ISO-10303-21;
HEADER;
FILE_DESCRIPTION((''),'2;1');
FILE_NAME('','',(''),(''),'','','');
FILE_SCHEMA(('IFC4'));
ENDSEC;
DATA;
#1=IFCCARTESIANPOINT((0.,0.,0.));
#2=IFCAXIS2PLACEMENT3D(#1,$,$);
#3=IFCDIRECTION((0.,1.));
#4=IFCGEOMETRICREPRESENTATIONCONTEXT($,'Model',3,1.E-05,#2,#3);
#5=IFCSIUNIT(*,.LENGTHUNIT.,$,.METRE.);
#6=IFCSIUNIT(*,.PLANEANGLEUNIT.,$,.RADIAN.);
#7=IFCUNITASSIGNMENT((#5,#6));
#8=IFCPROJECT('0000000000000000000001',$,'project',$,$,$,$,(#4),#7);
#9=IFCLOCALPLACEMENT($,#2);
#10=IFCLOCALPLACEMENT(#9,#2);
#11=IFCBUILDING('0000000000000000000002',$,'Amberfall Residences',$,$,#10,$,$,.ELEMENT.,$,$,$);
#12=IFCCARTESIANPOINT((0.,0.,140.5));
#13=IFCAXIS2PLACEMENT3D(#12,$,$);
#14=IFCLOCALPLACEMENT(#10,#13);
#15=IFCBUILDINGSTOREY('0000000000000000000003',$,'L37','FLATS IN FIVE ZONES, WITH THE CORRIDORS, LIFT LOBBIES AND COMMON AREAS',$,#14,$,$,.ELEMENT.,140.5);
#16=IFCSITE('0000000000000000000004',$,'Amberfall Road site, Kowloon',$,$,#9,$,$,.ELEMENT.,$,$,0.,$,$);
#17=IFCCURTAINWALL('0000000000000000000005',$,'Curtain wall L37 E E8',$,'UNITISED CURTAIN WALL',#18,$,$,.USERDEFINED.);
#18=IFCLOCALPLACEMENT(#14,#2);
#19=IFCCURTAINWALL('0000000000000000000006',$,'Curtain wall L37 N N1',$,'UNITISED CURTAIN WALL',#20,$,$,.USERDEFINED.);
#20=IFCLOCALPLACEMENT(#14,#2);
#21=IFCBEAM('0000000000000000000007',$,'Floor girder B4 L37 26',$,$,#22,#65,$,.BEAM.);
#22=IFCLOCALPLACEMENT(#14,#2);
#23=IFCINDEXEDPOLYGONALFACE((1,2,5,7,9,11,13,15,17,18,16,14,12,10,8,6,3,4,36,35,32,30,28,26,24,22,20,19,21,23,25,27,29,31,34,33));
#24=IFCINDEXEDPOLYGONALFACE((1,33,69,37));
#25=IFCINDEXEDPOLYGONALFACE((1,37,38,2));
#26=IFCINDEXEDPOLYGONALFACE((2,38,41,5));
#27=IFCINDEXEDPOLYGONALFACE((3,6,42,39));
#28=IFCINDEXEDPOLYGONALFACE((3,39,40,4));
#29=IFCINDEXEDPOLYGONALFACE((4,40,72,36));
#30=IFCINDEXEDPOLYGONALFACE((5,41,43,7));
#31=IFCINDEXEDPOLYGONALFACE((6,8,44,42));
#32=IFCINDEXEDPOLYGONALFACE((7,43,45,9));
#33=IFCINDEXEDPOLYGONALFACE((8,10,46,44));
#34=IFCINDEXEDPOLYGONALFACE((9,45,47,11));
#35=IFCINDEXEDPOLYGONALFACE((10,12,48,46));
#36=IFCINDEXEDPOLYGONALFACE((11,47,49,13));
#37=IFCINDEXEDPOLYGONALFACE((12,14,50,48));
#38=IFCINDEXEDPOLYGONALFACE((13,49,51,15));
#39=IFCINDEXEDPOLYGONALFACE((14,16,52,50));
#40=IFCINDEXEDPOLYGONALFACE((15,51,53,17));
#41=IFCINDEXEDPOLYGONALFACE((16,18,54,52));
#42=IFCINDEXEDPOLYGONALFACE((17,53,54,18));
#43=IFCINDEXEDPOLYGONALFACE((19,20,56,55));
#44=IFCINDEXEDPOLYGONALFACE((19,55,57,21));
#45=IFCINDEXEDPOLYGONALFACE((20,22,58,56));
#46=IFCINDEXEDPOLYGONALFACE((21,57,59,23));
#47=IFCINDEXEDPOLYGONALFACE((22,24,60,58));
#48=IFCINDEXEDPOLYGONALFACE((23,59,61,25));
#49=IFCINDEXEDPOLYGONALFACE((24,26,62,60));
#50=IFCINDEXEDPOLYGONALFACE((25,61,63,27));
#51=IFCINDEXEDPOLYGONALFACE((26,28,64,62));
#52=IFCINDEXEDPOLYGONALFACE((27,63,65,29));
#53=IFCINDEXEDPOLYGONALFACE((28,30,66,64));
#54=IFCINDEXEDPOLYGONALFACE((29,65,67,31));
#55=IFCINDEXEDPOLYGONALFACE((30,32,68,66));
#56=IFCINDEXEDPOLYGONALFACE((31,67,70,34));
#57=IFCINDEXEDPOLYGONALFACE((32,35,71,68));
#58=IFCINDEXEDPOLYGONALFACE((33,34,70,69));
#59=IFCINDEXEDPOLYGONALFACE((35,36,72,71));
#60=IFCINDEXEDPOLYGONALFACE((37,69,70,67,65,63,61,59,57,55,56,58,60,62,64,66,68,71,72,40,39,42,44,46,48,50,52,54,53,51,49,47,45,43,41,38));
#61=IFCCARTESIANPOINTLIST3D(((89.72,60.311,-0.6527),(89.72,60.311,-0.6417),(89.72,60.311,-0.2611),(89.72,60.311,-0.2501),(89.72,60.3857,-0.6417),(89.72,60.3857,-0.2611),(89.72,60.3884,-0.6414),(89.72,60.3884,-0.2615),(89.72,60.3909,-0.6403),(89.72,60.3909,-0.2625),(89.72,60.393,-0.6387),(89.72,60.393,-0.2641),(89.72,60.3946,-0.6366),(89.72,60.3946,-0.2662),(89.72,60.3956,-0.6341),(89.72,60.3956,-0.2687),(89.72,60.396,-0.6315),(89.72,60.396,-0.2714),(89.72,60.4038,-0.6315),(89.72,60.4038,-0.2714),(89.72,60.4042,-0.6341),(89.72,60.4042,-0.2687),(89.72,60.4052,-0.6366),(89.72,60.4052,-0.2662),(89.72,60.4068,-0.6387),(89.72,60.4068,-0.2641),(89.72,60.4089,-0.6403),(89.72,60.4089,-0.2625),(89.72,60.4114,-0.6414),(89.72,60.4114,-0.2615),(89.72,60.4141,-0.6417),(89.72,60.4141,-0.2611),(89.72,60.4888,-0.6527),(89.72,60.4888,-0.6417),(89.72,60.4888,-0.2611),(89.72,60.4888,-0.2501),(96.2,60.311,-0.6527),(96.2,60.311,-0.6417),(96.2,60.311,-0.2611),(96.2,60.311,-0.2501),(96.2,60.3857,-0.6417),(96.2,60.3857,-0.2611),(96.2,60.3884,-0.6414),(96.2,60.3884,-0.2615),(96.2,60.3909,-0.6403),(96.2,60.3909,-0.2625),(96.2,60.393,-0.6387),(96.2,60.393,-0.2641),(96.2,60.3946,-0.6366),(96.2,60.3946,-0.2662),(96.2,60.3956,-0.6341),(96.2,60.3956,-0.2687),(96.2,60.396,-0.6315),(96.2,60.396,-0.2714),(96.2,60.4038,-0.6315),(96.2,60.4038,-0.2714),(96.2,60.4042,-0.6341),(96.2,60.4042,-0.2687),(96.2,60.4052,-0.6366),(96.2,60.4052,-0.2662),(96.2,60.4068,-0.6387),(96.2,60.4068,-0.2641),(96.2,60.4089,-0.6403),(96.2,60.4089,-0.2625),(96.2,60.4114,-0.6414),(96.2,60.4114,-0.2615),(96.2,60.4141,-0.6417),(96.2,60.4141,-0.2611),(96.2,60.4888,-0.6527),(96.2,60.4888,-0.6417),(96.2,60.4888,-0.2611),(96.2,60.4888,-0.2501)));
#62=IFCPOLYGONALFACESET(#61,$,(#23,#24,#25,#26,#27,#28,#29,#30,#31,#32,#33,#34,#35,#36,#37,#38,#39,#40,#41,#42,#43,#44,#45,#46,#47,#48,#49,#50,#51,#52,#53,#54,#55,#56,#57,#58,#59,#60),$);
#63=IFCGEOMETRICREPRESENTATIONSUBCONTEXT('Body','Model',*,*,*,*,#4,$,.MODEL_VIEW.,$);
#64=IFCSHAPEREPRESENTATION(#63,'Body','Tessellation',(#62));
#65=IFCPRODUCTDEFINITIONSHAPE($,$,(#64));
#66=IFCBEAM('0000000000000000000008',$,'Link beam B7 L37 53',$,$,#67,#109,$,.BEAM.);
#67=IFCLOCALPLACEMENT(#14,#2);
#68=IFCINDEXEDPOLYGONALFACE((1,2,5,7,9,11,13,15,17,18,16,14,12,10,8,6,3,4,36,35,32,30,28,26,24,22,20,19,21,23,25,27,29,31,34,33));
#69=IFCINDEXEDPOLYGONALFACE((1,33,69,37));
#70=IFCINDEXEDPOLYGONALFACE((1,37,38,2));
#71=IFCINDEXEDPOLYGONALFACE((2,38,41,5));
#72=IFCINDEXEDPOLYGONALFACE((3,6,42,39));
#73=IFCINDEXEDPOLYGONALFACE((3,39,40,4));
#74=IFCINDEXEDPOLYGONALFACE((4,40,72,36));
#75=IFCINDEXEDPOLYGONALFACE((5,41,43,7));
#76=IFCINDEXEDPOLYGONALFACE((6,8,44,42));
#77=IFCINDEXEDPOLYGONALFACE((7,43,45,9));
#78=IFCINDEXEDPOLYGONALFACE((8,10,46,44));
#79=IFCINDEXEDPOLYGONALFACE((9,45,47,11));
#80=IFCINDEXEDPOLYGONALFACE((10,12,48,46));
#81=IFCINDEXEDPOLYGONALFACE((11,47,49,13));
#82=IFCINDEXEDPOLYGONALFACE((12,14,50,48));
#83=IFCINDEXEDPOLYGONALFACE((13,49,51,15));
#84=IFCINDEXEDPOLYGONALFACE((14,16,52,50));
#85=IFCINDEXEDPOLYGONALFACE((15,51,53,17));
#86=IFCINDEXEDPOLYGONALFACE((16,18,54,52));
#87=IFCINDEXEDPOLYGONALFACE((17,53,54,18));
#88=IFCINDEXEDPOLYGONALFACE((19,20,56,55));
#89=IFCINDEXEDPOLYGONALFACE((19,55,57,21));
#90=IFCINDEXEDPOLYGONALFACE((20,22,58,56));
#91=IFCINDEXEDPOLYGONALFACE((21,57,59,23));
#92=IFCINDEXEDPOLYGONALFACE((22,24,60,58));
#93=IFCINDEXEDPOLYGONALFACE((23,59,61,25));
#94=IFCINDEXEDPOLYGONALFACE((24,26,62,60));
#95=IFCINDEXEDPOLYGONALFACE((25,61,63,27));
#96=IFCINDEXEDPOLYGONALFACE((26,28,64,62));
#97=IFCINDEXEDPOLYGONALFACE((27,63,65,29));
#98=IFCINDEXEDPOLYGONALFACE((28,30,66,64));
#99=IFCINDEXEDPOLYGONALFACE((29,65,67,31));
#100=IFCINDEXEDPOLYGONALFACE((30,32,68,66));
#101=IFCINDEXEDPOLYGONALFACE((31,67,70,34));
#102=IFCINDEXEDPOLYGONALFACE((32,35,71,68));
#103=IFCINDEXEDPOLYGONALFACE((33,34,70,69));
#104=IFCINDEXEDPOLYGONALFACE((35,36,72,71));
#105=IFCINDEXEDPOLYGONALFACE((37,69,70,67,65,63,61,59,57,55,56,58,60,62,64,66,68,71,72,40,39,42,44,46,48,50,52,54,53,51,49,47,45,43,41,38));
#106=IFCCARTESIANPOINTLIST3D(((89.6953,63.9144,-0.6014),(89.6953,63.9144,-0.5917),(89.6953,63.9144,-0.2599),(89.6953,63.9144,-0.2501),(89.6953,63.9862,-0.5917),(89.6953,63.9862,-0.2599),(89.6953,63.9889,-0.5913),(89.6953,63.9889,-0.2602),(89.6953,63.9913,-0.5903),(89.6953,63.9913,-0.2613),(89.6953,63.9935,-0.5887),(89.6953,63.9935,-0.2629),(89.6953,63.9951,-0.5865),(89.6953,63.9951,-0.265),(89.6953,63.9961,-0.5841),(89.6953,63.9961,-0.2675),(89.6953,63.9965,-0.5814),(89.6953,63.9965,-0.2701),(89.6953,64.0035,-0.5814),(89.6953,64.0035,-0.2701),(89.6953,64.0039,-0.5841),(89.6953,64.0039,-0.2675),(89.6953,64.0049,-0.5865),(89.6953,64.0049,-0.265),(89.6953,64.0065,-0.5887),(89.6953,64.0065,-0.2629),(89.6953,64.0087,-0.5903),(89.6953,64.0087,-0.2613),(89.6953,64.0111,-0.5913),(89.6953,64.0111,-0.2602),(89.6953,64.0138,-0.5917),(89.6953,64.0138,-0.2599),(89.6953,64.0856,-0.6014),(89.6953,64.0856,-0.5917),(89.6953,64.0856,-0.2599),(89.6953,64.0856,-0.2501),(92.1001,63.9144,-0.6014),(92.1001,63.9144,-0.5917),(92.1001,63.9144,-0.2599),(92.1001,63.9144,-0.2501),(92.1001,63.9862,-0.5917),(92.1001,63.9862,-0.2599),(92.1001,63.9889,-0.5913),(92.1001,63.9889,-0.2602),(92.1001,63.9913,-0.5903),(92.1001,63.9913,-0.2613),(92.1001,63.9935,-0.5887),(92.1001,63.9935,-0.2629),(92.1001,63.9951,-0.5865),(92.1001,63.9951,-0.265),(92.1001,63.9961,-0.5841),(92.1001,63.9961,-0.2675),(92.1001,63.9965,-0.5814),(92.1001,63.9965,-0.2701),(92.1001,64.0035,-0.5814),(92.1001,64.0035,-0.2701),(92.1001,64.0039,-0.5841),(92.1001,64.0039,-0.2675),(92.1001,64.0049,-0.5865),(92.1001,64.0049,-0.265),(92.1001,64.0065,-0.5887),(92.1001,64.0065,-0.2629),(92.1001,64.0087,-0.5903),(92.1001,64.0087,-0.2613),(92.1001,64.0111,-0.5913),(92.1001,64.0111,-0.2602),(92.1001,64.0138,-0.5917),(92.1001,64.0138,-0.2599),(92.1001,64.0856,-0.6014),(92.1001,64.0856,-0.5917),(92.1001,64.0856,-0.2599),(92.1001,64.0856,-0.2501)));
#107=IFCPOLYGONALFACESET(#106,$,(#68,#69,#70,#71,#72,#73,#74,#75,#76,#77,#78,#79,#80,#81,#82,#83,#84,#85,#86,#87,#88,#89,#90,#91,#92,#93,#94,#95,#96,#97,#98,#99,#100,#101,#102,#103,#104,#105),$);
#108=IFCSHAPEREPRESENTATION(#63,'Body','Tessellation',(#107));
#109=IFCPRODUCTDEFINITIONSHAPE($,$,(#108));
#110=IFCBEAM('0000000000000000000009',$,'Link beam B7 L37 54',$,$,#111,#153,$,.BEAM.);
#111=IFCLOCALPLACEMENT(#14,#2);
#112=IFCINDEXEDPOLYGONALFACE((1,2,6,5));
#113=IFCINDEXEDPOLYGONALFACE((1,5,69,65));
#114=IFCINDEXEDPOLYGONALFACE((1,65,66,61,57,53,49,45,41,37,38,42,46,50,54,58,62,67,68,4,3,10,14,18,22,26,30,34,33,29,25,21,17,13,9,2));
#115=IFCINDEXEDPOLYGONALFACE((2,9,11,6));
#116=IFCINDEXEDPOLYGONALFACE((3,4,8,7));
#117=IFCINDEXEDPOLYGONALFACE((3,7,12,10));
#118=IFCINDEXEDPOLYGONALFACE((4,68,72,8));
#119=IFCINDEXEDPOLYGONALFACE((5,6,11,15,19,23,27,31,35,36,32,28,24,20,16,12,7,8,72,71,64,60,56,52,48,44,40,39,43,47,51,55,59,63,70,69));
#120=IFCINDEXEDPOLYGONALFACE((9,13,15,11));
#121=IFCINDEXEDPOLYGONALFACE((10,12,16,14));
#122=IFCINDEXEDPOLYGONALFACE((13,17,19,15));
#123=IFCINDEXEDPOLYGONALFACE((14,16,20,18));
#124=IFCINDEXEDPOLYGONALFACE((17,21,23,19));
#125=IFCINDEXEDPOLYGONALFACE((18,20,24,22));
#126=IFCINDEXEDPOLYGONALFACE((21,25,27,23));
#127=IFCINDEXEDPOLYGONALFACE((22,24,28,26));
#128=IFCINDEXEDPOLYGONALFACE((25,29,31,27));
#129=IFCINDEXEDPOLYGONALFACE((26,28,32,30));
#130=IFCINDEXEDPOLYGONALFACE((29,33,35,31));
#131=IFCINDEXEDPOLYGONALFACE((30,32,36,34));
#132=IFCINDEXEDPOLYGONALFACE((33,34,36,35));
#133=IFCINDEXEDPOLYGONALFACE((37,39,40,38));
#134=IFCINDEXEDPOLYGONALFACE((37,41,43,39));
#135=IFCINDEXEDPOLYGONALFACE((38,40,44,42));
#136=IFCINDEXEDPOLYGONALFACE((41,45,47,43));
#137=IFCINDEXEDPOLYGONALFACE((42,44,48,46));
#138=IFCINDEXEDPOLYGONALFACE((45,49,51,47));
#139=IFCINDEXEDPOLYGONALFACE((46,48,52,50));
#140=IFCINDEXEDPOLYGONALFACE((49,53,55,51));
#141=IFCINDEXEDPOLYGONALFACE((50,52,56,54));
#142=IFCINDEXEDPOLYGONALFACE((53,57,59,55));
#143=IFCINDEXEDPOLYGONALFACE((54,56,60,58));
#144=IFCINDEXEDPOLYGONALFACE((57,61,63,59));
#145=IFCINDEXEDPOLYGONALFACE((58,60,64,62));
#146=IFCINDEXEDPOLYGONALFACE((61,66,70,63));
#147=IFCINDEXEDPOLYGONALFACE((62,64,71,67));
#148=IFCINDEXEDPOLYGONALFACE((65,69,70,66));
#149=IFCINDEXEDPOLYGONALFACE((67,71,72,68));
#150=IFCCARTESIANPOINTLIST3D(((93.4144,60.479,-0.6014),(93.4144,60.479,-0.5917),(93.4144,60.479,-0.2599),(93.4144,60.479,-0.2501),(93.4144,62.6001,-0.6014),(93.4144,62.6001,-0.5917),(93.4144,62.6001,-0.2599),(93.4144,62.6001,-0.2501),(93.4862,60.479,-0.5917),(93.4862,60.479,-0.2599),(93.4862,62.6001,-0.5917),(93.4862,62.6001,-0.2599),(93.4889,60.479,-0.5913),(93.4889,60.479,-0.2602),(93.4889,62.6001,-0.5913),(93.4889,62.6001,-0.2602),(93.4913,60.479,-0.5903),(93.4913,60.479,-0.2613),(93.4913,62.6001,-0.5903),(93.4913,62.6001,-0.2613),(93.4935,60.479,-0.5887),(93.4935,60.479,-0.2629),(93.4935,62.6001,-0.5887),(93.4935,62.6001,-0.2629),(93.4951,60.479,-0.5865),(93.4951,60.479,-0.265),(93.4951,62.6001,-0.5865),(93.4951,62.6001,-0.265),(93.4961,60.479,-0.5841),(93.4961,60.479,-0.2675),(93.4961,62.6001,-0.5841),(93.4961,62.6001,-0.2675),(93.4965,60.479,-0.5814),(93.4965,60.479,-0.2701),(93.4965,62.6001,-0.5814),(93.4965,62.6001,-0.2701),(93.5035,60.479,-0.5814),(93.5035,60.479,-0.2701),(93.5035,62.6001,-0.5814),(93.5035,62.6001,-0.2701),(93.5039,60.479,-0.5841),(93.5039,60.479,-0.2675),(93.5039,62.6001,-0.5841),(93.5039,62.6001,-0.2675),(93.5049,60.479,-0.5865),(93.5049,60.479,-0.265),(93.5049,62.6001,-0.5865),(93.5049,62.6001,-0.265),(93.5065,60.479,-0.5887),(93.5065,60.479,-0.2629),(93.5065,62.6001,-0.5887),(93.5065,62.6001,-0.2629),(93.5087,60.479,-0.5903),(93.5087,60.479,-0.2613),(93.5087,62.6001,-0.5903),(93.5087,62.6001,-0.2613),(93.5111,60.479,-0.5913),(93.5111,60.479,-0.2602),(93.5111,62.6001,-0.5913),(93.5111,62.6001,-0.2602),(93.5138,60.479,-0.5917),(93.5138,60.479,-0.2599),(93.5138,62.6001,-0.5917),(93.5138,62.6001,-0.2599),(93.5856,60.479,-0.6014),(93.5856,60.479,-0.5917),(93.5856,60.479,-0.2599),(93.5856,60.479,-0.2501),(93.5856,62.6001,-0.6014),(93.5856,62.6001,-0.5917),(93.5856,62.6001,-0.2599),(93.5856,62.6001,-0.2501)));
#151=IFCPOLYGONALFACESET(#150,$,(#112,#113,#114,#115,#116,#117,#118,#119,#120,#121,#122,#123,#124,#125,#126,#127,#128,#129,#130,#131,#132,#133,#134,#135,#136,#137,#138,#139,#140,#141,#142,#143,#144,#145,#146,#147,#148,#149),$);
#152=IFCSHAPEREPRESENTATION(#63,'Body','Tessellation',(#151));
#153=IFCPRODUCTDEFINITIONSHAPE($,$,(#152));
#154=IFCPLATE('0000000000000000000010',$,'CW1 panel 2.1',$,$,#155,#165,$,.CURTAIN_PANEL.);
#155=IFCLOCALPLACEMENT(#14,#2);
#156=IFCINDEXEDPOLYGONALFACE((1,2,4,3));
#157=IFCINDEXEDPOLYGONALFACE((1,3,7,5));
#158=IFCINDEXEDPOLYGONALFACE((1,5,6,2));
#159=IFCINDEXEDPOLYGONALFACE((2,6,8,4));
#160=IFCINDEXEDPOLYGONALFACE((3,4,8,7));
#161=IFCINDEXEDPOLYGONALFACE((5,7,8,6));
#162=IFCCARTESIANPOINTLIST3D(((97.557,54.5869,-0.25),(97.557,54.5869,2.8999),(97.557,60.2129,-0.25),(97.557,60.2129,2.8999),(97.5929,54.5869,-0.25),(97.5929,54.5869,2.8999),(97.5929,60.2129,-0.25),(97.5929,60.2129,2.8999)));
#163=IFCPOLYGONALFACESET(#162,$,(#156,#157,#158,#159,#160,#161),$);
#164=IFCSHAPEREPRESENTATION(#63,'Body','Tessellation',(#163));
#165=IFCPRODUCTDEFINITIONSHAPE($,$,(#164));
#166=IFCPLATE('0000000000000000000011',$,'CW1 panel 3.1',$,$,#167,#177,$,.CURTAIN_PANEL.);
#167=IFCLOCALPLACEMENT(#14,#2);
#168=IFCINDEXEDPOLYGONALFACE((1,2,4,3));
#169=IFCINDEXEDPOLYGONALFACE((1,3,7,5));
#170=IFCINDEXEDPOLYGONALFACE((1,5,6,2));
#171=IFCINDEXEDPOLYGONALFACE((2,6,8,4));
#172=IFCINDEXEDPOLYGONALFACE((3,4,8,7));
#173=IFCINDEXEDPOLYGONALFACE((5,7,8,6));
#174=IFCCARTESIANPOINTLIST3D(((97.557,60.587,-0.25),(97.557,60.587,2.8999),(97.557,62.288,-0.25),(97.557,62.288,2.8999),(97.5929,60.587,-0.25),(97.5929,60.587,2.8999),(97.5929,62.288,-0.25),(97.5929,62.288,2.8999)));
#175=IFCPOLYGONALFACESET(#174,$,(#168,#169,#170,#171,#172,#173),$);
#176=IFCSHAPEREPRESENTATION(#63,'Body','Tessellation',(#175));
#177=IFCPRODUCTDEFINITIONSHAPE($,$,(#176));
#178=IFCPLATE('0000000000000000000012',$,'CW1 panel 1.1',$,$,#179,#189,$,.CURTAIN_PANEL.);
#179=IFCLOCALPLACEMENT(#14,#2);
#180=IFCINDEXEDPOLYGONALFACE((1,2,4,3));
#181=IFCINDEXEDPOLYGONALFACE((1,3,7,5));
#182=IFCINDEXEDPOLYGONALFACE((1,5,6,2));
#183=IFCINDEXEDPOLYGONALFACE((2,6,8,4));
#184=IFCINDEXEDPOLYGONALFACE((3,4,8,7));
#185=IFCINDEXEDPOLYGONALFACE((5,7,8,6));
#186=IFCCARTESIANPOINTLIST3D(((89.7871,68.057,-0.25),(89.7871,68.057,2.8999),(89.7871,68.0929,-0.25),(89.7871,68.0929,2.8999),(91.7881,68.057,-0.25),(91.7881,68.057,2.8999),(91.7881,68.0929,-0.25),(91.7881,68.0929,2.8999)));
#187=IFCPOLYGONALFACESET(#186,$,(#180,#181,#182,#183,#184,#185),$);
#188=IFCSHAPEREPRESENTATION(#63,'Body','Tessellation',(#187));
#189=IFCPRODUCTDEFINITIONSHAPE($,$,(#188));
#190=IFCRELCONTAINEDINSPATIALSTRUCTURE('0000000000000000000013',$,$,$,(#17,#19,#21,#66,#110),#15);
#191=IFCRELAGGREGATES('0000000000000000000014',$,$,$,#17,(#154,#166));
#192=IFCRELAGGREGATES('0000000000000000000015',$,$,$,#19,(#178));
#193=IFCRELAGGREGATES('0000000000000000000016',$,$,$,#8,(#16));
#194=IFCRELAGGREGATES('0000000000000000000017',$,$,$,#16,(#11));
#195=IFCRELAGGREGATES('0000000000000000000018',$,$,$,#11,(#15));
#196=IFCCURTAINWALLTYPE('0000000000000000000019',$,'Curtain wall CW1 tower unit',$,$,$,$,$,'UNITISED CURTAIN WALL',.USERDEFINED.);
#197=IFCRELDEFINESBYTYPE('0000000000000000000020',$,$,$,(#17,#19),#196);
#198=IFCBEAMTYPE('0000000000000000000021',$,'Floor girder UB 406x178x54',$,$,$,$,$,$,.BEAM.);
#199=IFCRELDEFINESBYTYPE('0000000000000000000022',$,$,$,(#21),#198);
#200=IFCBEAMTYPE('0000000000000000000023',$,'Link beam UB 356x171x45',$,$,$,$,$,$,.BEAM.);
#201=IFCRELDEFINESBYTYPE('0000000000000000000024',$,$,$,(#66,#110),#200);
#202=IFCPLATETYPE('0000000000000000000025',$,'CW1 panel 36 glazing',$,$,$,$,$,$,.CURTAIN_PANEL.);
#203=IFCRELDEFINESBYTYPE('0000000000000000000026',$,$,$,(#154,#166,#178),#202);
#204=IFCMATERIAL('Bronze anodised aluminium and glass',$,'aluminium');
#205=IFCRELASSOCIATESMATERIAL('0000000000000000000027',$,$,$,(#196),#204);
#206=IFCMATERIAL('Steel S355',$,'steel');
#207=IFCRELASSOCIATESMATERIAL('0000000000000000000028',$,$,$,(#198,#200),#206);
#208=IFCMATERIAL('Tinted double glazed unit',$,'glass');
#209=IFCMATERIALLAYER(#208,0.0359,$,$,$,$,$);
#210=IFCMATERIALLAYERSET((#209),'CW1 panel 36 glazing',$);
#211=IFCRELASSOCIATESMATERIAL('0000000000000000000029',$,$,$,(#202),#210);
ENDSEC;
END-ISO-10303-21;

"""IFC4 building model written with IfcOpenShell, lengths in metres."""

from ifc_helpers import new_model, si_unit, direction, frame, origin, origin_2d, place, context, subcontext, project, spatial, rectangle, i_section, extrude, material, layer, layer_set, material_profile, profile_set, type_object, element, aggregate, save


model = new_model("IFC4")

# Units and contexts
model_context = context("Model", 3, precision=1e-05, world=origin(), true_north=direction((0.0, 1.0)))
body_context = subcontext(model_context, "Body", "Model", "MODEL_VIEW")
ifc_project = project(units=[si_unit("LENGTHUNIT", "METRE"), si_unit("PLANEANGLEUNIT", "RADIAN")], contexts=[model_context])

# Site, building, storey
site_placement = place(None, origin())
site = spatial("IfcSite", under=ifc_project, at=site_placement, Name="Amberfall Road site, Kowloon", CompositionType="ELEMENT", RefElevation=0.0)
building_placement = place(site_placement, origin())
building = spatial("IfcBuilding", under=site, at=building_placement, Name="Amberfall Residences", CompositionType="ELEMENT")
storey_placement = place(building_placement, frame((0.0, 0.0, 140.5)))
storey = spatial("IfcBuildingStorey", under=building, at=storey_placement, Name="L37", Description="FLATS IN FIVE ZONES, WITH THE CORRIDORS, LIFT LOBBIES AND COMMON AREAS", CompositionType="ELEMENT", Elevation=140.5)

# Curtain wall
ifc_material_1 = material(Name="Bronze anodised aluminium and glass", Category="aluminium")
curtain_wall_type = type_object("IfcCurtainWallType", Name="Curtain wall CW1 tower unit", ElementType="UNITISED CURTAIN WALL", PredefinedType="USERDEFINED", material=ifc_material_1)
curtain_wall_1_placement = place(storey_placement, origin())
curtain_wall_1 = element("IfcCurtainWall", 1, at=curtain_wall_1_placement, inside=storey, type_object=curtain_wall_type, Name="Curtain wall L37 E E8", ObjectType="UNITISED CURTAIN WALL", PredefinedType="USERDEFINED")

# Curtain wall
curtain_wall_2_placement = place(storey_placement, origin())
curtain_wall_2 = element("IfcCurtainWall", 2, at=curtain_wall_2_placement, inside=storey, type_object=curtain_wall_type, Name="Curtain wall L37 N N1", ObjectType="UNITISED CURTAIN WALL", PredefinedType="USERDEFINED")

# Shared definitions
ifc_material_2 = material(Name="Steel S355", Category="steel")

# Beams
ifc_material_profile_1 = material_profile(ifc_material_2, i_section(OverallWidth=0.1777, OverallDepth=0.4026, WebThickness=0.0078, FlangeThickness=0.011, FilletRadius=0.0103, at=origin_2d()), Name="UB 406x178x54")
ifc_profile_set_1 = profile_set([ifc_material_profile_1], Name="Steel S355")
beam_type_1 = type_object("IfcBeamType", Name="Floor girder UB 406x178x54", PredefinedType="BEAM", material=ifc_profile_set_1)
beam_1_placement = place(storey_placement, frame((96.2, 60.3999, -0.4514), z_axis=(-1.0, 0.0, 0.0), x_axis=(0.0, -1.0, 0.0)))
element("IfcBeam", 3, at=beam_1_placement, inside=storey, type_object=beam_type_1, Name="Floor girder B4 L37 26", PredefinedType="BEAM", context=body_context, shape_type="SweptSolid", body=[
    extrude(i_section(OverallWidth=0.1777, OverallDepth=0.4026, WebThickness=0.0078, FlangeThickness=0.011, FilletRadius=0.0103, at=origin_2d()), origin(), (0.0, 0.0, 1.0), 6.48),
])
ifc_material_profile_2 = material_profile(ifc_material_2, i_section(OverallWidth=0.1711, OverallDepth=0.3513, WebThickness=0.0071, FlangeThickness=0.0098, FilletRadius=0.0103, at=origin_2d()), Name="UB 356x171x45")
ifc_profile_set_2 = profile_set([ifc_material_profile_2], Name="Steel S355")
beam_type_2 = type_object("IfcBeamType", Name="Link beam UB 356x171x45", PredefinedType="BEAM", material=ifc_profile_set_2)
beam_2_placement = place(storey_placement, frame((92.1001, 64.0, -0.4258), z_axis=(-1.0, 0.0, 0.0), x_axis=(0.0, -1.0, 0.0)))
element("IfcBeam", 4, at=beam_2_placement, inside=storey, type_object=beam_type_2, Name="Link beam B7 L37 53", PredefinedType="BEAM", context=body_context, shape_type="SweptSolid", body=[
    extrude(i_section(OverallWidth=0.1711, OverallDepth=0.3513, WebThickness=0.0071, FlangeThickness=0.0098, FilletRadius=0.0103, at=origin_2d()), origin(), (0.0, 0.0, 1.0), 2.4048),
])
beam_3_placement = place(storey_placement, frame((93.5, 62.6001, -0.4258), z_axis=(0.0, -1.0, 0.0), x_axis=(1.0, 0.0, 0.0)))
element("IfcBeam", 5, at=beam_3_placement, inside=storey, type_object=beam_type_2, Name="Link beam B7 L37 54", PredefinedType="BEAM", context=body_context, shape_type="SweptSolid", body=[
    extrude(i_section(OverallWidth=0.1711, OverallDepth=0.3513, WebThickness=0.0071, FlangeThickness=0.0098, FilletRadius=0.0103, at=origin_2d()), origin(), (0.0, 0.0, 1.0), 2.1211),
])

# Plates
ifc_material_3 = material(Name="Tinted double glazed unit", Category="glass")
ifc_layer_1 = layer(ifc_material_3, 0.0359)
ifc_layer_set_1 = layer_set([ifc_layer_1], Name="CW1 panel 36 glazing")
plate_type = type_object("IfcPlateType", Name="CW1 panel 36 glazing", PredefinedType="CURTAIN_PANEL", material=ifc_layer_set_1)
plate_1_placement = place(storey_placement, frame((97.575, 57.3999, -0.25), z_axis=(0.0, 0.0, 1.0), x_axis=(0.0, 1.0, 0.0)))
plate_1 = element("IfcPlate", 6, at=plate_1_placement, type_object=plate_type, Name="CW1 panel 2.1", PredefinedType="CURTAIN_PANEL", context=body_context, shape_type="SweptSolid", body=[
    extrude(rectangle(XDim=5.626, YDim=0.0359, at=origin_2d()), origin(), (0.0, 0.0, 1.0), 3.1499),
])
plate_2_placement = place(storey_placement, frame((97.575, 61.4375, -0.25), z_axis=(0.0, 0.0, 1.0), x_axis=(0.0, 1.0, 0.0)))
plate_2 = element("IfcPlate", 7, at=plate_2_placement, type_object=plate_type, Name="CW1 panel 3.1", PredefinedType="CURTAIN_PANEL", context=body_context, shape_type="SweptSolid", body=[
    extrude(rectangle(XDim=1.7009, YDim=0.0359, at=origin_2d()), origin(), (0.0, 0.0, 1.0), 3.1499),
])
aggregate(curtain_wall_1, [plate_1, plate_2])
plate_3_placement = place(storey_placement, frame((90.7876, 68.075, -0.25), z_axis=(0.0, 0.0, 1.0), x_axis=(-1.0, 0.0, 0.0)))
plate_3 = element("IfcPlate", 8, at=plate_3_placement, type_object=plate_type, Name="CW1 panel 1.1", PredefinedType="CURTAIN_PANEL", context=body_context, shape_type="SweptSolid", body=[
    extrude(rectangle(XDim=2.001, YDim=0.0359, at=origin_2d()), origin(), (0.0, 0.0, 1.0), 3.1499),
])
aggregate(curtain_wall_2, [plate_3])

save(model, "model.ifc")
